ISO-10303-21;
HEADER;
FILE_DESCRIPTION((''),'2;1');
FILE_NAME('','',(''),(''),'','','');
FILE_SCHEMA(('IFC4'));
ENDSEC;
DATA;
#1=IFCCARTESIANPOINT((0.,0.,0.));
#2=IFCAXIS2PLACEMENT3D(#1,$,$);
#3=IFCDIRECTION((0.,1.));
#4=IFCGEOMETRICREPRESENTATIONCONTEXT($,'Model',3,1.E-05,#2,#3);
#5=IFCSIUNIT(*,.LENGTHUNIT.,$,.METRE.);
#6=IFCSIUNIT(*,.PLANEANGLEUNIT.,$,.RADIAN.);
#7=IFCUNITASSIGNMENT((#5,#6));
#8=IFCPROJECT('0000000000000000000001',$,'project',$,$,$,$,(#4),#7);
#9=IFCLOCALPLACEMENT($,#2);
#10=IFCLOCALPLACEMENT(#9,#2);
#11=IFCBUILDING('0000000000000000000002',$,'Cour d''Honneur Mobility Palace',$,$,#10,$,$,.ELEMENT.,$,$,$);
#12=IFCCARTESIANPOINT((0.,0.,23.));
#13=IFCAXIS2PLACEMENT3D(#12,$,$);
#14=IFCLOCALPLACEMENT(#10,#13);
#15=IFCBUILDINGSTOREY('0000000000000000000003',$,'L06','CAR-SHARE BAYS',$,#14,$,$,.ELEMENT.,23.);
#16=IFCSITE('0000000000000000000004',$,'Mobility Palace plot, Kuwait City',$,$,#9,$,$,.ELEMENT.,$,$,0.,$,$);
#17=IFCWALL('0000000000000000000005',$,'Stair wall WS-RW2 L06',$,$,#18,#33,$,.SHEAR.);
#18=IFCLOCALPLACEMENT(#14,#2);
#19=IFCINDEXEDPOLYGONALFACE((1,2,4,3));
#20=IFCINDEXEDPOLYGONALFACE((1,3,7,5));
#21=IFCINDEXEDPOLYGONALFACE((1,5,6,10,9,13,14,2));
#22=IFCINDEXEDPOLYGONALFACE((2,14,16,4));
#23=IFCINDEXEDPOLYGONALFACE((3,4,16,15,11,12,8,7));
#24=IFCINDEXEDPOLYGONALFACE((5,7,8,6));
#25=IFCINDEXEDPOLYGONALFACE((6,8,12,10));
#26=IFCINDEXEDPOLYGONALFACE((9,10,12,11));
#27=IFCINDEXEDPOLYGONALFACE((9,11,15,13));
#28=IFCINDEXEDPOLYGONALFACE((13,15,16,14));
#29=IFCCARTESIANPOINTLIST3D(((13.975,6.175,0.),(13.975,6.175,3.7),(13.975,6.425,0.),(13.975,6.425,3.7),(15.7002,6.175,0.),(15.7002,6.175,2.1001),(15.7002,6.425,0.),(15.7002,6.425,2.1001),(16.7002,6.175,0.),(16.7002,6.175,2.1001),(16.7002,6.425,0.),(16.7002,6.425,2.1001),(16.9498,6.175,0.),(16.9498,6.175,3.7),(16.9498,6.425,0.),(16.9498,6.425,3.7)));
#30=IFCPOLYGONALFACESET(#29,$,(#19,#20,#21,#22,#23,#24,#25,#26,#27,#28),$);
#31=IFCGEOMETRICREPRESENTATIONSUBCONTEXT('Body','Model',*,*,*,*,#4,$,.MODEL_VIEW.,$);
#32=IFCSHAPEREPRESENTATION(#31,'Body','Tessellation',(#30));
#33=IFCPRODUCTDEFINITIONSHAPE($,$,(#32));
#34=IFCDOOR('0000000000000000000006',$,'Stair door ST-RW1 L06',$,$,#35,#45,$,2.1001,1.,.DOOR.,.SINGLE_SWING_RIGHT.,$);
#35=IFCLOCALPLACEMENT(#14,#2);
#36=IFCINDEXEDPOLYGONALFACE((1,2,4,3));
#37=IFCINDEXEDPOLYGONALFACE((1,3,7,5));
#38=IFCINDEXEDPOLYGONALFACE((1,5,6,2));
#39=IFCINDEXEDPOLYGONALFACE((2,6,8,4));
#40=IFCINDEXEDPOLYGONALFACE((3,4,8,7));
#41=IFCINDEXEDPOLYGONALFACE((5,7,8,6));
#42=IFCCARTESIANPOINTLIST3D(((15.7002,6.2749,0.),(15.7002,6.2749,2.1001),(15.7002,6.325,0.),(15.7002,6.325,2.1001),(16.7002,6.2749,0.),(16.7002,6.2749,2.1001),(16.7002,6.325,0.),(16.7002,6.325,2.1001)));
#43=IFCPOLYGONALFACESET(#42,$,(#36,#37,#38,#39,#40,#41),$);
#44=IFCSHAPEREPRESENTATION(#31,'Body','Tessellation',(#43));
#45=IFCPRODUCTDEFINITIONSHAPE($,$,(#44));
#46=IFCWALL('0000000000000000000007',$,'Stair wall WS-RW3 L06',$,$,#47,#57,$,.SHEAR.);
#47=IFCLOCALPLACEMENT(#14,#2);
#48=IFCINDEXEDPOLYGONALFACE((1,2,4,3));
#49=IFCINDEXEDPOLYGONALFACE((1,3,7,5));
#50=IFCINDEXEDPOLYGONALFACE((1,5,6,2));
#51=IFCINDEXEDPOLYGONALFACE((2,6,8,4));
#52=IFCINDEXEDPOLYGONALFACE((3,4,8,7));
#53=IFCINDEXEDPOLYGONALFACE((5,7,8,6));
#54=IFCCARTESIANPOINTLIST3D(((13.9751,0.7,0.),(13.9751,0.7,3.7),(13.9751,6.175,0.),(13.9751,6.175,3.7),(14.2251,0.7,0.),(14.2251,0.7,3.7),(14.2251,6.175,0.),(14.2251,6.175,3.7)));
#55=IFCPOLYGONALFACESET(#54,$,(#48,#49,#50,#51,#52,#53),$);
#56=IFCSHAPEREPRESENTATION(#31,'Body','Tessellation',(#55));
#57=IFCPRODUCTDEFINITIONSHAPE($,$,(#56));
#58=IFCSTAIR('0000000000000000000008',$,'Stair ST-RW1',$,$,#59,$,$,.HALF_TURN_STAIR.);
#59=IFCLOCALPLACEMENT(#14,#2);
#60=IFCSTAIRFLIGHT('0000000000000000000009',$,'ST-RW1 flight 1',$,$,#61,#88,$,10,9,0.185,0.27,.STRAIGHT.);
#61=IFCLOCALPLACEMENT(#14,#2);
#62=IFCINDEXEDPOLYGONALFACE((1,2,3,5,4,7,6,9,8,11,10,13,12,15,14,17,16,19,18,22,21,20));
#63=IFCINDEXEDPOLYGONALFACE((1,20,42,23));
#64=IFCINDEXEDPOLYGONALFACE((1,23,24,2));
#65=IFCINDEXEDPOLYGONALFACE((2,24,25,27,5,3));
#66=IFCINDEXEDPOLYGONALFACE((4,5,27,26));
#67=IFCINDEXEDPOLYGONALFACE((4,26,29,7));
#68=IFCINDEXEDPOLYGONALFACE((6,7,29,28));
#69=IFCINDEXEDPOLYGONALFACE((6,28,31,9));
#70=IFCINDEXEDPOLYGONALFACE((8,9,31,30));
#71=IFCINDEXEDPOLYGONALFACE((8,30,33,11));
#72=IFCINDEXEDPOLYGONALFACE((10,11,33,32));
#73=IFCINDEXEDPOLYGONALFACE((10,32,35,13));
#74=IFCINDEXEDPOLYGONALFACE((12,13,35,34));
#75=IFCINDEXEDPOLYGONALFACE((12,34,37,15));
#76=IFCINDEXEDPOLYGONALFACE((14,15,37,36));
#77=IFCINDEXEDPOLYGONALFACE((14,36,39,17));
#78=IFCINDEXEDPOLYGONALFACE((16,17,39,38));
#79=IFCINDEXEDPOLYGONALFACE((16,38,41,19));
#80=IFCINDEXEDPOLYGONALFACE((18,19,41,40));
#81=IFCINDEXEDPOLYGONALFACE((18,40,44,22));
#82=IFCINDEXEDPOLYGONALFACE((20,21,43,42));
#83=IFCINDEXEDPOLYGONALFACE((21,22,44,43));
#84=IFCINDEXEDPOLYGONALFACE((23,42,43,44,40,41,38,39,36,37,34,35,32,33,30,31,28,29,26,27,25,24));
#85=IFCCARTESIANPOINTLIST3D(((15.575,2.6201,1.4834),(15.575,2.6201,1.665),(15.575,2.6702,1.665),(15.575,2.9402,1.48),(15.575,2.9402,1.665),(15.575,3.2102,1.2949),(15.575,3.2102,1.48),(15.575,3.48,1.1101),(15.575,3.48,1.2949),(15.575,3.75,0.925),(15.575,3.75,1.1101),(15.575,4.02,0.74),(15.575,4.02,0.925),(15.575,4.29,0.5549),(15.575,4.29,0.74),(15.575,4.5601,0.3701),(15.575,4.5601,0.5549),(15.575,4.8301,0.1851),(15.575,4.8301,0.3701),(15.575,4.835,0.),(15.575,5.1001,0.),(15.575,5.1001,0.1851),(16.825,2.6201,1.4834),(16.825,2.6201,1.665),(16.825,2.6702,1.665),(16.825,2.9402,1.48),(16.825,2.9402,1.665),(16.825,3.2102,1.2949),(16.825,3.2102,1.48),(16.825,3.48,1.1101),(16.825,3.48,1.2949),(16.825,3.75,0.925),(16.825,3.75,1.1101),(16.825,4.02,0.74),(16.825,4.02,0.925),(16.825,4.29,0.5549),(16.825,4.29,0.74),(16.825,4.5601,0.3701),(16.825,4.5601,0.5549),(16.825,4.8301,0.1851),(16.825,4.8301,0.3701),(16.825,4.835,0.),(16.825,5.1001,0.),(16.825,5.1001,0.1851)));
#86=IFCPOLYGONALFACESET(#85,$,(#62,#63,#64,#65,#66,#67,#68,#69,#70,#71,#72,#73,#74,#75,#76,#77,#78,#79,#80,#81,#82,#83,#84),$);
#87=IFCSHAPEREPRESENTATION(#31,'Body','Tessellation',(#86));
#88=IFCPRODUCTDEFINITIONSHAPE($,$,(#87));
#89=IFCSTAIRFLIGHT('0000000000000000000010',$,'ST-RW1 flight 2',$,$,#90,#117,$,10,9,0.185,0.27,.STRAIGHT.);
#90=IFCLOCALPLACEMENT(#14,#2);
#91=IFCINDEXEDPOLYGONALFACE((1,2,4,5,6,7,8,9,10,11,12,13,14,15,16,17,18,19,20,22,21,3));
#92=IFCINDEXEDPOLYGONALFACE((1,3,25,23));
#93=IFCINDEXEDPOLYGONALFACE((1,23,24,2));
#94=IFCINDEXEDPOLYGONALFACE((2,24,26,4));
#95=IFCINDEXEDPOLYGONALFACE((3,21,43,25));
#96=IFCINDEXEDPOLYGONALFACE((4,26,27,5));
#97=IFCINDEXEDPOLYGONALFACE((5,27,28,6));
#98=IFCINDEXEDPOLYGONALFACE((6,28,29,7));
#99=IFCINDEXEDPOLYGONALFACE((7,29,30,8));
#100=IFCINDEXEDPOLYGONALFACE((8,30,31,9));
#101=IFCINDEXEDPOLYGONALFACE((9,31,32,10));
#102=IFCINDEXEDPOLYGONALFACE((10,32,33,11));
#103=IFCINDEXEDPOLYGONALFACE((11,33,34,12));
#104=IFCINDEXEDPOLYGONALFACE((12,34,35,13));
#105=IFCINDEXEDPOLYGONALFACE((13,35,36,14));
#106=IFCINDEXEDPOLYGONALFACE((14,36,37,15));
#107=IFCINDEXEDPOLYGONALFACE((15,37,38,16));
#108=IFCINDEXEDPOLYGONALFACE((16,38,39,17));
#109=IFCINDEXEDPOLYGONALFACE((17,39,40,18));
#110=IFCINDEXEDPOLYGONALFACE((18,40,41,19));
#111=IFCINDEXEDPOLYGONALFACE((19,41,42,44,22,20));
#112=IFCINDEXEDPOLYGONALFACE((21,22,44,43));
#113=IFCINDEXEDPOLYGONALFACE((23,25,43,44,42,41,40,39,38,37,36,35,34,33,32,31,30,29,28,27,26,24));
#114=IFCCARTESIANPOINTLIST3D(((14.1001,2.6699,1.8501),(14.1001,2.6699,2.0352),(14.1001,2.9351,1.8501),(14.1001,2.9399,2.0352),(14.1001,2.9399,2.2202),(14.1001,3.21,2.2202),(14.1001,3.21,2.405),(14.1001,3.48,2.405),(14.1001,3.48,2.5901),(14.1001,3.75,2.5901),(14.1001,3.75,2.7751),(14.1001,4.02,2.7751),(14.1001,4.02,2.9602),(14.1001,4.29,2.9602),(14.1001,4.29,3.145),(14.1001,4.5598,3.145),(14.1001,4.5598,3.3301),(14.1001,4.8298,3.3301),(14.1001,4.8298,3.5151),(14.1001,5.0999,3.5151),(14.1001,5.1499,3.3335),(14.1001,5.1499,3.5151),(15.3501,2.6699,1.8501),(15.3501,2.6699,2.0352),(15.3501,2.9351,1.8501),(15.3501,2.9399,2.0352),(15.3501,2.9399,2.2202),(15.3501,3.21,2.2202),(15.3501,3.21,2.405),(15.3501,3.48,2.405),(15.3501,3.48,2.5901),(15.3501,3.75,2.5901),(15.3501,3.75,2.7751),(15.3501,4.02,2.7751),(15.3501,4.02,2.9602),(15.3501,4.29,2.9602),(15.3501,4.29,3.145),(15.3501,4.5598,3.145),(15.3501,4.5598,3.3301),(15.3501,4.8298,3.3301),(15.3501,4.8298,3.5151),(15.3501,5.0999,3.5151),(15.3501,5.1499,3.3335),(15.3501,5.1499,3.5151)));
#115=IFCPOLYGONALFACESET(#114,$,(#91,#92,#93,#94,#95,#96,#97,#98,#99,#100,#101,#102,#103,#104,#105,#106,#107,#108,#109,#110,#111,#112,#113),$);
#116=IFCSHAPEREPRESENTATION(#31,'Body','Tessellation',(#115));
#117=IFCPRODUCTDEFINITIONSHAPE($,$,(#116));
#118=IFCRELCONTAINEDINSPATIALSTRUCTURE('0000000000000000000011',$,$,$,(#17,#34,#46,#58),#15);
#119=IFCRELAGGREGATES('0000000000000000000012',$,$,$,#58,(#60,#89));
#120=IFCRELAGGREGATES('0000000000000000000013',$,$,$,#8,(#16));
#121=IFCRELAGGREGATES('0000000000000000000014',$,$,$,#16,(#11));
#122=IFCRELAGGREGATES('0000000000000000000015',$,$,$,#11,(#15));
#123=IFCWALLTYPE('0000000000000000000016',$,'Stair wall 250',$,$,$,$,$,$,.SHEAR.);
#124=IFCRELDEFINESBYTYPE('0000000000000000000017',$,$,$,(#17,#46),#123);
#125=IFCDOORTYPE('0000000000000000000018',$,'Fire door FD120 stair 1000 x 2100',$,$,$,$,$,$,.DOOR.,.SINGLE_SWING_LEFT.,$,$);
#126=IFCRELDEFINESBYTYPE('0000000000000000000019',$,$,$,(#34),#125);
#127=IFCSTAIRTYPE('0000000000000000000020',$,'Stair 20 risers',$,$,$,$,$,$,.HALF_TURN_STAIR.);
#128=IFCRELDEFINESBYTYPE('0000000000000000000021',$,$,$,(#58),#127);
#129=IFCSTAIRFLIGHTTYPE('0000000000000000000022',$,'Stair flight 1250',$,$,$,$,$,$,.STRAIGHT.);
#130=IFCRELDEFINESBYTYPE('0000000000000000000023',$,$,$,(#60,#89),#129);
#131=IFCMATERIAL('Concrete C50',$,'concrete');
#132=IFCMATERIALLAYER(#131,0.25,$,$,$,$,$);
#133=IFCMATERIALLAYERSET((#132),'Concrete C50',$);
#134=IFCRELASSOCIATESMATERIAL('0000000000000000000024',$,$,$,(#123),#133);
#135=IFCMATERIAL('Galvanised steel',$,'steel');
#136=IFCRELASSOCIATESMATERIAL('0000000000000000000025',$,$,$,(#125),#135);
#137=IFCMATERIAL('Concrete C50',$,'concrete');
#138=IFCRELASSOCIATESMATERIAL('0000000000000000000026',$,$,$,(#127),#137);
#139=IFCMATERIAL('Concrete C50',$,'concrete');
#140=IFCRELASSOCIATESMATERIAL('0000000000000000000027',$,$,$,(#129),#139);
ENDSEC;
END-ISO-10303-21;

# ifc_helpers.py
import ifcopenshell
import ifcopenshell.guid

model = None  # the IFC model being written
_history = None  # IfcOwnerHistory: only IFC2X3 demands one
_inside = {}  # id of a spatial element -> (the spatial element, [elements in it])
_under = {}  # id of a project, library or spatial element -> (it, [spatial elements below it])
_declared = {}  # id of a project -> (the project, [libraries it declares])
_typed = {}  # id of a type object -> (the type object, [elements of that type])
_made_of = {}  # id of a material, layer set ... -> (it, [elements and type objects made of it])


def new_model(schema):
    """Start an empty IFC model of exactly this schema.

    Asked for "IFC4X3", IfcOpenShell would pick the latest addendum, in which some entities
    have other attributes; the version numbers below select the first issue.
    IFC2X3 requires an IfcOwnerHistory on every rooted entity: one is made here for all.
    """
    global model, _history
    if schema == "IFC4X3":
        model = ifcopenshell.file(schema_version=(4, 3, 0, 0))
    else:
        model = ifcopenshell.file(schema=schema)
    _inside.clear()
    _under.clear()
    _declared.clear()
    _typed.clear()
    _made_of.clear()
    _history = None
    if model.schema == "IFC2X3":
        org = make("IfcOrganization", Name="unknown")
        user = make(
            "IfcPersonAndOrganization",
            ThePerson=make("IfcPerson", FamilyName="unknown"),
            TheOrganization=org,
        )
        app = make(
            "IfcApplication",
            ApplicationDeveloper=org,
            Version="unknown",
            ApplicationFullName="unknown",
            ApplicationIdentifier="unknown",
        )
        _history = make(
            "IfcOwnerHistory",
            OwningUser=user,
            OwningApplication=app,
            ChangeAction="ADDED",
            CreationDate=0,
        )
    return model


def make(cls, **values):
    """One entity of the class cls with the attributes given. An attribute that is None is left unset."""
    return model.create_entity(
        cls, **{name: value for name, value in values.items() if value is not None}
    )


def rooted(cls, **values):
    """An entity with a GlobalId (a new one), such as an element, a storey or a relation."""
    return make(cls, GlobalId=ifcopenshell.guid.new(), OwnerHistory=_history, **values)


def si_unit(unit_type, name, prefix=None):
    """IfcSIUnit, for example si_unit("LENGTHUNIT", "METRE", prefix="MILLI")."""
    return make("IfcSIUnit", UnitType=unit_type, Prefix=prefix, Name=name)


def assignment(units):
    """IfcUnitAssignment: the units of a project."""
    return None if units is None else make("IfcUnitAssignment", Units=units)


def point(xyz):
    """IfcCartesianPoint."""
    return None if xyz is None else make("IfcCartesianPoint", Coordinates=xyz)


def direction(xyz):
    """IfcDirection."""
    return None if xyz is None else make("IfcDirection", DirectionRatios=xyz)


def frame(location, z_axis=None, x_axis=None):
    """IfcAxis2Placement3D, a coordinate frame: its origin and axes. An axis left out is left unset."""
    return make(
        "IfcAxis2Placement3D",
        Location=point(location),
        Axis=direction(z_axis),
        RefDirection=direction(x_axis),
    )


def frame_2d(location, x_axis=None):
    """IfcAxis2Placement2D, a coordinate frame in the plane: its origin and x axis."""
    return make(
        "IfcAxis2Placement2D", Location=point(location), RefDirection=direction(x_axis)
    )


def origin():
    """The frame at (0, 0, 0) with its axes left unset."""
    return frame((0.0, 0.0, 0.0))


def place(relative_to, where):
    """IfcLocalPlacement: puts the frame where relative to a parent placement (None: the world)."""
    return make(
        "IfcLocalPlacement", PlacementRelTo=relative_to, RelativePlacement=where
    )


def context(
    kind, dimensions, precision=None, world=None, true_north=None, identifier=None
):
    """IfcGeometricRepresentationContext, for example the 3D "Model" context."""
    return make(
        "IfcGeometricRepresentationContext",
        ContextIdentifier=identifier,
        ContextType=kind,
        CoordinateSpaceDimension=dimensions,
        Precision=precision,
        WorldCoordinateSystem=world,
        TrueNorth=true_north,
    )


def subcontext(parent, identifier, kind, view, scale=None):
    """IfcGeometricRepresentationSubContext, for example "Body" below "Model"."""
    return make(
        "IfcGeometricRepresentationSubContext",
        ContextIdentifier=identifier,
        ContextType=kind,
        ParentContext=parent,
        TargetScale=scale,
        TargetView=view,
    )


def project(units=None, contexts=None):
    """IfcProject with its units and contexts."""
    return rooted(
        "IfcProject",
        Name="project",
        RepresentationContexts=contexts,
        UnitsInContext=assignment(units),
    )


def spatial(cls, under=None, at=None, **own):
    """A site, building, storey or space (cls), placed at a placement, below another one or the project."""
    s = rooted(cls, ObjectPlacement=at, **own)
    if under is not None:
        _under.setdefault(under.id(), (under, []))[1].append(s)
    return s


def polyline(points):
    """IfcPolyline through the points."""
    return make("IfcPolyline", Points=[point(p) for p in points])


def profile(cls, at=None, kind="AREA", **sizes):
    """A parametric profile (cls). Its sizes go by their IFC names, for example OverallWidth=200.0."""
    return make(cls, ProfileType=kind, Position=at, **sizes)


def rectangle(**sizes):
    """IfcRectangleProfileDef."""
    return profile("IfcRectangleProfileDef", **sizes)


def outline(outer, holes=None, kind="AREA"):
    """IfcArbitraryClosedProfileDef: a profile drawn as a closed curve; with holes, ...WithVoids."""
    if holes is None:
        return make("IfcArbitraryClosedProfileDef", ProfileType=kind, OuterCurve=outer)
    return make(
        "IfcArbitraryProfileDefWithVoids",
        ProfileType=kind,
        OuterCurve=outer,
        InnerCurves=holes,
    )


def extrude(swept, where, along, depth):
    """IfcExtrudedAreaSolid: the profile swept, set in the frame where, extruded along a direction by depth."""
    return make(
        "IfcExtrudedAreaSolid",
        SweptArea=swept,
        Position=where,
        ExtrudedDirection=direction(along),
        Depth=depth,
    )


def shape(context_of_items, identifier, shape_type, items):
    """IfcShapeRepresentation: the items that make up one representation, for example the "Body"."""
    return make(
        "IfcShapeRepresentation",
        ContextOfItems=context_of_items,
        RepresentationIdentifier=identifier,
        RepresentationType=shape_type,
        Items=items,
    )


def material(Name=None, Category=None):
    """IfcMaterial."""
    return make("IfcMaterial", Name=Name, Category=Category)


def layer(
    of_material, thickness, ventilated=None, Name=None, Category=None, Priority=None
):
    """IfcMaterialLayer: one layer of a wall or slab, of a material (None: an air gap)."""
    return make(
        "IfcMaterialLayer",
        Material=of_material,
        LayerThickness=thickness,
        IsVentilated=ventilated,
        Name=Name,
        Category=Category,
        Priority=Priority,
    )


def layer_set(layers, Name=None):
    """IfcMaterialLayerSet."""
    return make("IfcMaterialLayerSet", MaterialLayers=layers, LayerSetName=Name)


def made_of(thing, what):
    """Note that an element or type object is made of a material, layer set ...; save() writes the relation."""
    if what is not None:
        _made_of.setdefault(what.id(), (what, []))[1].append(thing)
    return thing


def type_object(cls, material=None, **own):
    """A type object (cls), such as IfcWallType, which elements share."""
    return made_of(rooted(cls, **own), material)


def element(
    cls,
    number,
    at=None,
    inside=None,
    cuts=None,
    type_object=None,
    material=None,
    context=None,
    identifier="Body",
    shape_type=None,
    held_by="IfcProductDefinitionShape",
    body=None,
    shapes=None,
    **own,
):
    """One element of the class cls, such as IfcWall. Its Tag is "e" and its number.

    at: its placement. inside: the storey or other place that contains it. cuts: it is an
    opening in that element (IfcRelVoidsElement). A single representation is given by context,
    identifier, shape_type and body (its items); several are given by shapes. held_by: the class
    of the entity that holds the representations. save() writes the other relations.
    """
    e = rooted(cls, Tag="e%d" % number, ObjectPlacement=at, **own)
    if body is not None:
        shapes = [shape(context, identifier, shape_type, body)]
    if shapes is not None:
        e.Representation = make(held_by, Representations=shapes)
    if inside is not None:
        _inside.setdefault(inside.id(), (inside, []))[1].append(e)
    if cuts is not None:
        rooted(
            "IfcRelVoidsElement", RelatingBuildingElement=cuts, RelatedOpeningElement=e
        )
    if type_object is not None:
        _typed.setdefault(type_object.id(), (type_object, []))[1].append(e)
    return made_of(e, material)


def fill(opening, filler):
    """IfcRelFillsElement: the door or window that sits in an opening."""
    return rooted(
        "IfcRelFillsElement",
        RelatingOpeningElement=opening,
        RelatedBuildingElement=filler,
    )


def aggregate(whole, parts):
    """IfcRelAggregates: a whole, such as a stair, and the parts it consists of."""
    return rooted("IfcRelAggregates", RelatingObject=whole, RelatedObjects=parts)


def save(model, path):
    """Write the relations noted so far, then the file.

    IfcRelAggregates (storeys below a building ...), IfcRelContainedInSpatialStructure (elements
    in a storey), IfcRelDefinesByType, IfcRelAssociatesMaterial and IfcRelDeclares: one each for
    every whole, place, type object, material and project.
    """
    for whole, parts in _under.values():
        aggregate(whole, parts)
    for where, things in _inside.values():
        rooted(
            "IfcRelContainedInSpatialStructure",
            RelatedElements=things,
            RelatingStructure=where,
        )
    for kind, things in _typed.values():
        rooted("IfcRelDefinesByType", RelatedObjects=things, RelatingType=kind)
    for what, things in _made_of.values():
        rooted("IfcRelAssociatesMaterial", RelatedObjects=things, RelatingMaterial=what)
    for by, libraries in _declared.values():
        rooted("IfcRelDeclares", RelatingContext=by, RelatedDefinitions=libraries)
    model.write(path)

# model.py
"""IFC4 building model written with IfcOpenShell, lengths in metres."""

from ifc_helpers import new_model, si_unit, direction, frame, frame_2d, origin, place, context, subcontext, project, spatial, polyline, rectangle, outline, extrude, material, layer, layer_set, type_object, element, fill, aggregate, save


model = new_model("IFC4")

# Units and contexts
model_context = context("Model", 3, precision=1e-05, world=origin(), true_north=direction((0.0, 1.0)))
body_context = subcontext(model_context, "Body", "Model", "MODEL_VIEW")
ifc_project = project(units=[si_unit("LENGTHUNIT", "METRE"), si_unit("PLANEANGLEUNIT", "RADIAN")], contexts=[model_context])

# Site, building, storey
site_placement = place(None, origin())
site = spatial("IfcSite", under=ifc_project, at=site_placement, Name="Mobility Palace plot, Kuwait City", CompositionType="ELEMENT", RefElevation=0.0)
building_placement = place(site_placement, origin())
building = spatial("IfcBuilding", under=site, at=building_placement, Name="Cour d'Honneur Mobility Palace", CompositionType="ELEMENT")
storey_placement = place(building_placement, frame((0.0, 0.0, 23.0)))
storey = spatial("IfcBuildingStorey", under=building, at=storey_placement, Name="L06", Description="CAR-SHARE BAYS", CompositionType="ELEMENT", Elevation=23.0)

# Shared definitions
ifc_material_1 = material(Name="Concrete C50", Category="concrete")
ifc_layer_1 = layer(ifc_material_1, 0.25)
ifc_layer_set_1 = layer_set([ifc_layer_1], Name="Concrete C50")
wall_type_1 = type_object("IfcWallType", Name="Stair wall 250", PredefinedType="SHEAR", material=ifc_layer_set_1)

# Wall, opening, door
wall_1_placement = place(storey_placement, frame((13.9751, 6.3, 0.0), z_axis=(0.0, 0.0, 1.0), x_axis=(1.0, 0.0, 0.0)))
wall_1 = element("IfcWall", 1, at=wall_1_placement, inside=storey, type_object=wall_type_1, Name="Stair wall WS-RW2 L06", PredefinedType="SHEAR", context=body_context, shape_type="SweptSolid", body=[
    extrude(rectangle(XDim=2.9749, YDim=0.25, at=frame_2d((1.4873, 0.0))), origin(), (0.0, 0.0, 1.0), 3.7),
])
opening_1_placement = place(wall_1_placement, frame((1.7251, 0.0, 0.0)))
opening_1 = element("IfcOpeningElement", 2, at=opening_1_placement, cuts=wall_1, PredefinedType="OPENING", context=body_context, shape_type="SweptSolid", body=[
    extrude(rectangle(XDim=1.0, YDim=2.1001, at=frame_2d((0.5, 1.05))), frame((0.0, 0.135, 0.0), z_axis=(0.0, -1.0, 0.0), x_axis=(1.0, 0.0, 0.0)), (0.0, 0.0, 1.0), 0.27),
])
ifc_material_2 = material(Name="Galvanised steel", Category="steel")
door_type_1 = type_object("IfcDoorType", Name="Fire door FD120 stair 1000 x 2100", OperationType="SINGLE_SWING_LEFT", PredefinedType="DOOR", material=ifc_material_2)
door_1_placement = place(opening_1_placement, origin())
door_1 = element("IfcDoor", 3, at=door_1_placement, inside=storey, type_object=door_type_1, Name="Stair door ST-RW1 L06", OperationType="SINGLE_SWING_RIGHT", OverallHeight=2.1001, OverallWidth=1.0, PredefinedType="DOOR", context=body_context, shape_type="SweptSolid", body=[
    extrude(rectangle(XDim=1.0, YDim=2.1001, at=frame_2d((0.5, 1.05))), frame((0.0, 0.0249, 0.0), z_axis=(0.0, -1.0, 0.0), x_axis=(1.0, 0.0, 0.0)), (0.0, 0.0, 1.0), 0.05),
])
fill(opening_1, door_1)

# Wall
wall_2_placement = place(storey_placement, frame((14.1001, 0.7, 0.0), z_axis=(0.0, 0.0, 1.0), x_axis=(0.0, 1.0, 0.0)))
element("IfcWall", 4, at=wall_2_placement, inside=storey, type_object=wall_type_1, Name="Stair wall WS-RW3 L06", PredefinedType="SHEAR", context=body_context, shape_type="SweptSolid", body=[
    extrude(rectangle(XDim=5.4751, YDim=0.25, at=frame_2d((2.7375, 0.0))), origin(), (0.0, 0.0, 1.0), 3.7),
])

# Stair, stair flights
ifc_material_3 = material(Name="Concrete C50", Category="concrete")
stair_type = type_object("IfcStairType", Name="Stair 20 risers", PredefinedType="HALF_TURN_STAIR", material=ifc_material_3)
stair_placement = place(storey_placement, origin())
stair = element("IfcStair", 5, at=stair_placement, inside=storey, type_object=stair_type, Name="Stair ST-RW1", PredefinedType="HALF_TURN_STAIR")
ifc_material_4 = material(Name="Concrete C50", Category="concrete")
stair_flight_type = type_object("IfcStairFlightType", Name="Stair flight 1250", PredefinedType="STRAIGHT", material=ifc_material_4)
stair_flight_1_placement = place(storey_placement, frame((16.2, 5.1001, 0.0), z_axis=(0.0, 0.0, 1.0), x_axis=(0.0, -1.0, 0.0)))
stair_flight_1 = element("IfcStairFlight", 6, at=stair_flight_1_placement, type_object=stair_flight_type, Name="ST-RW1 flight 1", NumberOfRisers=10, NumberOfTreads=9, PredefinedType="STRAIGHT", RiserHeight=0.185, TreadLength=0.27, context=body_context, shape_type="SweptSolid", body=[
    extrude(outline(polyline([(0.0, 0.0), (0.0, 0.1851), (0.27, 0.1851), (0.27, 0.3701), (0.54, 0.3701), (0.54, 0.5549), (0.8101, 0.5549), (0.8101, 0.74), (1.0801, 0.74), (1.0801, 0.925), (1.3501, 0.925), (1.3501, 1.1101), (1.6201, 1.1101), (1.6201, 1.2949), (1.8899, 1.2949), (1.8899, 1.48), (2.1599, 1.48), (2.1599, 1.665), (2.4299, 1.665), (2.48, 1.665), (2.48, 1.4834), (0.2651, 0.0), (0.0, 0.0)])), frame((0.0, 0.625, 0.0), z_axis=(0.0, -1.0, 0.0), x_axis=(1.0, 0.0, 0.0)), (0.0, 0.0, 1.0), 1.25),
])
stair_flight_2_placement = place(storey_placement, frame((14.7251, 2.6699, 1.8501), z_axis=(0.0, 0.0, 1.0), x_axis=(0.0, 1.0, 0.0)))
stair_flight_2 = element("IfcStairFlight", 7, at=stair_flight_2_placement, type_object=stair_flight_type, Name="ST-RW1 flight 2", NumberOfRisers=10, NumberOfTreads=9, PredefinedType="STRAIGHT", RiserHeight=0.185, TreadLength=0.27, context=body_context, shape_type="SweptSolid", body=[
    extrude(outline(polyline([(0.0, 0.0), (0.0, 0.1851), (0.27, 0.1851), (0.27, 0.3701), (0.54, 0.3701), (0.54, 0.5549), (0.8101, 0.5549), (0.8101, 0.74), (1.0801, 0.74), (1.0801, 0.925), (1.3501, 0.925), (1.3501, 1.1101), (1.6201, 1.1101), (1.6201, 1.2949), (1.8899, 1.2949), (1.8899, 1.48), (2.1599, 1.48), (2.1599, 1.665), (2.4299, 1.665), (2.48, 1.665), (2.48, 1.4834), (0.2651, 0.0), (0.0, 0.0)])), frame((0.0, 0.625, 0.0), z_axis=(0.0, -1.0, 0.0), x_axis=(1.0, 0.0, 0.0)), (0.0, 0.0, 1.0), 1.25),
])
aggregate(stair, [stair_flight_1, stair_flight_2])

save(model, "model.ifc")
